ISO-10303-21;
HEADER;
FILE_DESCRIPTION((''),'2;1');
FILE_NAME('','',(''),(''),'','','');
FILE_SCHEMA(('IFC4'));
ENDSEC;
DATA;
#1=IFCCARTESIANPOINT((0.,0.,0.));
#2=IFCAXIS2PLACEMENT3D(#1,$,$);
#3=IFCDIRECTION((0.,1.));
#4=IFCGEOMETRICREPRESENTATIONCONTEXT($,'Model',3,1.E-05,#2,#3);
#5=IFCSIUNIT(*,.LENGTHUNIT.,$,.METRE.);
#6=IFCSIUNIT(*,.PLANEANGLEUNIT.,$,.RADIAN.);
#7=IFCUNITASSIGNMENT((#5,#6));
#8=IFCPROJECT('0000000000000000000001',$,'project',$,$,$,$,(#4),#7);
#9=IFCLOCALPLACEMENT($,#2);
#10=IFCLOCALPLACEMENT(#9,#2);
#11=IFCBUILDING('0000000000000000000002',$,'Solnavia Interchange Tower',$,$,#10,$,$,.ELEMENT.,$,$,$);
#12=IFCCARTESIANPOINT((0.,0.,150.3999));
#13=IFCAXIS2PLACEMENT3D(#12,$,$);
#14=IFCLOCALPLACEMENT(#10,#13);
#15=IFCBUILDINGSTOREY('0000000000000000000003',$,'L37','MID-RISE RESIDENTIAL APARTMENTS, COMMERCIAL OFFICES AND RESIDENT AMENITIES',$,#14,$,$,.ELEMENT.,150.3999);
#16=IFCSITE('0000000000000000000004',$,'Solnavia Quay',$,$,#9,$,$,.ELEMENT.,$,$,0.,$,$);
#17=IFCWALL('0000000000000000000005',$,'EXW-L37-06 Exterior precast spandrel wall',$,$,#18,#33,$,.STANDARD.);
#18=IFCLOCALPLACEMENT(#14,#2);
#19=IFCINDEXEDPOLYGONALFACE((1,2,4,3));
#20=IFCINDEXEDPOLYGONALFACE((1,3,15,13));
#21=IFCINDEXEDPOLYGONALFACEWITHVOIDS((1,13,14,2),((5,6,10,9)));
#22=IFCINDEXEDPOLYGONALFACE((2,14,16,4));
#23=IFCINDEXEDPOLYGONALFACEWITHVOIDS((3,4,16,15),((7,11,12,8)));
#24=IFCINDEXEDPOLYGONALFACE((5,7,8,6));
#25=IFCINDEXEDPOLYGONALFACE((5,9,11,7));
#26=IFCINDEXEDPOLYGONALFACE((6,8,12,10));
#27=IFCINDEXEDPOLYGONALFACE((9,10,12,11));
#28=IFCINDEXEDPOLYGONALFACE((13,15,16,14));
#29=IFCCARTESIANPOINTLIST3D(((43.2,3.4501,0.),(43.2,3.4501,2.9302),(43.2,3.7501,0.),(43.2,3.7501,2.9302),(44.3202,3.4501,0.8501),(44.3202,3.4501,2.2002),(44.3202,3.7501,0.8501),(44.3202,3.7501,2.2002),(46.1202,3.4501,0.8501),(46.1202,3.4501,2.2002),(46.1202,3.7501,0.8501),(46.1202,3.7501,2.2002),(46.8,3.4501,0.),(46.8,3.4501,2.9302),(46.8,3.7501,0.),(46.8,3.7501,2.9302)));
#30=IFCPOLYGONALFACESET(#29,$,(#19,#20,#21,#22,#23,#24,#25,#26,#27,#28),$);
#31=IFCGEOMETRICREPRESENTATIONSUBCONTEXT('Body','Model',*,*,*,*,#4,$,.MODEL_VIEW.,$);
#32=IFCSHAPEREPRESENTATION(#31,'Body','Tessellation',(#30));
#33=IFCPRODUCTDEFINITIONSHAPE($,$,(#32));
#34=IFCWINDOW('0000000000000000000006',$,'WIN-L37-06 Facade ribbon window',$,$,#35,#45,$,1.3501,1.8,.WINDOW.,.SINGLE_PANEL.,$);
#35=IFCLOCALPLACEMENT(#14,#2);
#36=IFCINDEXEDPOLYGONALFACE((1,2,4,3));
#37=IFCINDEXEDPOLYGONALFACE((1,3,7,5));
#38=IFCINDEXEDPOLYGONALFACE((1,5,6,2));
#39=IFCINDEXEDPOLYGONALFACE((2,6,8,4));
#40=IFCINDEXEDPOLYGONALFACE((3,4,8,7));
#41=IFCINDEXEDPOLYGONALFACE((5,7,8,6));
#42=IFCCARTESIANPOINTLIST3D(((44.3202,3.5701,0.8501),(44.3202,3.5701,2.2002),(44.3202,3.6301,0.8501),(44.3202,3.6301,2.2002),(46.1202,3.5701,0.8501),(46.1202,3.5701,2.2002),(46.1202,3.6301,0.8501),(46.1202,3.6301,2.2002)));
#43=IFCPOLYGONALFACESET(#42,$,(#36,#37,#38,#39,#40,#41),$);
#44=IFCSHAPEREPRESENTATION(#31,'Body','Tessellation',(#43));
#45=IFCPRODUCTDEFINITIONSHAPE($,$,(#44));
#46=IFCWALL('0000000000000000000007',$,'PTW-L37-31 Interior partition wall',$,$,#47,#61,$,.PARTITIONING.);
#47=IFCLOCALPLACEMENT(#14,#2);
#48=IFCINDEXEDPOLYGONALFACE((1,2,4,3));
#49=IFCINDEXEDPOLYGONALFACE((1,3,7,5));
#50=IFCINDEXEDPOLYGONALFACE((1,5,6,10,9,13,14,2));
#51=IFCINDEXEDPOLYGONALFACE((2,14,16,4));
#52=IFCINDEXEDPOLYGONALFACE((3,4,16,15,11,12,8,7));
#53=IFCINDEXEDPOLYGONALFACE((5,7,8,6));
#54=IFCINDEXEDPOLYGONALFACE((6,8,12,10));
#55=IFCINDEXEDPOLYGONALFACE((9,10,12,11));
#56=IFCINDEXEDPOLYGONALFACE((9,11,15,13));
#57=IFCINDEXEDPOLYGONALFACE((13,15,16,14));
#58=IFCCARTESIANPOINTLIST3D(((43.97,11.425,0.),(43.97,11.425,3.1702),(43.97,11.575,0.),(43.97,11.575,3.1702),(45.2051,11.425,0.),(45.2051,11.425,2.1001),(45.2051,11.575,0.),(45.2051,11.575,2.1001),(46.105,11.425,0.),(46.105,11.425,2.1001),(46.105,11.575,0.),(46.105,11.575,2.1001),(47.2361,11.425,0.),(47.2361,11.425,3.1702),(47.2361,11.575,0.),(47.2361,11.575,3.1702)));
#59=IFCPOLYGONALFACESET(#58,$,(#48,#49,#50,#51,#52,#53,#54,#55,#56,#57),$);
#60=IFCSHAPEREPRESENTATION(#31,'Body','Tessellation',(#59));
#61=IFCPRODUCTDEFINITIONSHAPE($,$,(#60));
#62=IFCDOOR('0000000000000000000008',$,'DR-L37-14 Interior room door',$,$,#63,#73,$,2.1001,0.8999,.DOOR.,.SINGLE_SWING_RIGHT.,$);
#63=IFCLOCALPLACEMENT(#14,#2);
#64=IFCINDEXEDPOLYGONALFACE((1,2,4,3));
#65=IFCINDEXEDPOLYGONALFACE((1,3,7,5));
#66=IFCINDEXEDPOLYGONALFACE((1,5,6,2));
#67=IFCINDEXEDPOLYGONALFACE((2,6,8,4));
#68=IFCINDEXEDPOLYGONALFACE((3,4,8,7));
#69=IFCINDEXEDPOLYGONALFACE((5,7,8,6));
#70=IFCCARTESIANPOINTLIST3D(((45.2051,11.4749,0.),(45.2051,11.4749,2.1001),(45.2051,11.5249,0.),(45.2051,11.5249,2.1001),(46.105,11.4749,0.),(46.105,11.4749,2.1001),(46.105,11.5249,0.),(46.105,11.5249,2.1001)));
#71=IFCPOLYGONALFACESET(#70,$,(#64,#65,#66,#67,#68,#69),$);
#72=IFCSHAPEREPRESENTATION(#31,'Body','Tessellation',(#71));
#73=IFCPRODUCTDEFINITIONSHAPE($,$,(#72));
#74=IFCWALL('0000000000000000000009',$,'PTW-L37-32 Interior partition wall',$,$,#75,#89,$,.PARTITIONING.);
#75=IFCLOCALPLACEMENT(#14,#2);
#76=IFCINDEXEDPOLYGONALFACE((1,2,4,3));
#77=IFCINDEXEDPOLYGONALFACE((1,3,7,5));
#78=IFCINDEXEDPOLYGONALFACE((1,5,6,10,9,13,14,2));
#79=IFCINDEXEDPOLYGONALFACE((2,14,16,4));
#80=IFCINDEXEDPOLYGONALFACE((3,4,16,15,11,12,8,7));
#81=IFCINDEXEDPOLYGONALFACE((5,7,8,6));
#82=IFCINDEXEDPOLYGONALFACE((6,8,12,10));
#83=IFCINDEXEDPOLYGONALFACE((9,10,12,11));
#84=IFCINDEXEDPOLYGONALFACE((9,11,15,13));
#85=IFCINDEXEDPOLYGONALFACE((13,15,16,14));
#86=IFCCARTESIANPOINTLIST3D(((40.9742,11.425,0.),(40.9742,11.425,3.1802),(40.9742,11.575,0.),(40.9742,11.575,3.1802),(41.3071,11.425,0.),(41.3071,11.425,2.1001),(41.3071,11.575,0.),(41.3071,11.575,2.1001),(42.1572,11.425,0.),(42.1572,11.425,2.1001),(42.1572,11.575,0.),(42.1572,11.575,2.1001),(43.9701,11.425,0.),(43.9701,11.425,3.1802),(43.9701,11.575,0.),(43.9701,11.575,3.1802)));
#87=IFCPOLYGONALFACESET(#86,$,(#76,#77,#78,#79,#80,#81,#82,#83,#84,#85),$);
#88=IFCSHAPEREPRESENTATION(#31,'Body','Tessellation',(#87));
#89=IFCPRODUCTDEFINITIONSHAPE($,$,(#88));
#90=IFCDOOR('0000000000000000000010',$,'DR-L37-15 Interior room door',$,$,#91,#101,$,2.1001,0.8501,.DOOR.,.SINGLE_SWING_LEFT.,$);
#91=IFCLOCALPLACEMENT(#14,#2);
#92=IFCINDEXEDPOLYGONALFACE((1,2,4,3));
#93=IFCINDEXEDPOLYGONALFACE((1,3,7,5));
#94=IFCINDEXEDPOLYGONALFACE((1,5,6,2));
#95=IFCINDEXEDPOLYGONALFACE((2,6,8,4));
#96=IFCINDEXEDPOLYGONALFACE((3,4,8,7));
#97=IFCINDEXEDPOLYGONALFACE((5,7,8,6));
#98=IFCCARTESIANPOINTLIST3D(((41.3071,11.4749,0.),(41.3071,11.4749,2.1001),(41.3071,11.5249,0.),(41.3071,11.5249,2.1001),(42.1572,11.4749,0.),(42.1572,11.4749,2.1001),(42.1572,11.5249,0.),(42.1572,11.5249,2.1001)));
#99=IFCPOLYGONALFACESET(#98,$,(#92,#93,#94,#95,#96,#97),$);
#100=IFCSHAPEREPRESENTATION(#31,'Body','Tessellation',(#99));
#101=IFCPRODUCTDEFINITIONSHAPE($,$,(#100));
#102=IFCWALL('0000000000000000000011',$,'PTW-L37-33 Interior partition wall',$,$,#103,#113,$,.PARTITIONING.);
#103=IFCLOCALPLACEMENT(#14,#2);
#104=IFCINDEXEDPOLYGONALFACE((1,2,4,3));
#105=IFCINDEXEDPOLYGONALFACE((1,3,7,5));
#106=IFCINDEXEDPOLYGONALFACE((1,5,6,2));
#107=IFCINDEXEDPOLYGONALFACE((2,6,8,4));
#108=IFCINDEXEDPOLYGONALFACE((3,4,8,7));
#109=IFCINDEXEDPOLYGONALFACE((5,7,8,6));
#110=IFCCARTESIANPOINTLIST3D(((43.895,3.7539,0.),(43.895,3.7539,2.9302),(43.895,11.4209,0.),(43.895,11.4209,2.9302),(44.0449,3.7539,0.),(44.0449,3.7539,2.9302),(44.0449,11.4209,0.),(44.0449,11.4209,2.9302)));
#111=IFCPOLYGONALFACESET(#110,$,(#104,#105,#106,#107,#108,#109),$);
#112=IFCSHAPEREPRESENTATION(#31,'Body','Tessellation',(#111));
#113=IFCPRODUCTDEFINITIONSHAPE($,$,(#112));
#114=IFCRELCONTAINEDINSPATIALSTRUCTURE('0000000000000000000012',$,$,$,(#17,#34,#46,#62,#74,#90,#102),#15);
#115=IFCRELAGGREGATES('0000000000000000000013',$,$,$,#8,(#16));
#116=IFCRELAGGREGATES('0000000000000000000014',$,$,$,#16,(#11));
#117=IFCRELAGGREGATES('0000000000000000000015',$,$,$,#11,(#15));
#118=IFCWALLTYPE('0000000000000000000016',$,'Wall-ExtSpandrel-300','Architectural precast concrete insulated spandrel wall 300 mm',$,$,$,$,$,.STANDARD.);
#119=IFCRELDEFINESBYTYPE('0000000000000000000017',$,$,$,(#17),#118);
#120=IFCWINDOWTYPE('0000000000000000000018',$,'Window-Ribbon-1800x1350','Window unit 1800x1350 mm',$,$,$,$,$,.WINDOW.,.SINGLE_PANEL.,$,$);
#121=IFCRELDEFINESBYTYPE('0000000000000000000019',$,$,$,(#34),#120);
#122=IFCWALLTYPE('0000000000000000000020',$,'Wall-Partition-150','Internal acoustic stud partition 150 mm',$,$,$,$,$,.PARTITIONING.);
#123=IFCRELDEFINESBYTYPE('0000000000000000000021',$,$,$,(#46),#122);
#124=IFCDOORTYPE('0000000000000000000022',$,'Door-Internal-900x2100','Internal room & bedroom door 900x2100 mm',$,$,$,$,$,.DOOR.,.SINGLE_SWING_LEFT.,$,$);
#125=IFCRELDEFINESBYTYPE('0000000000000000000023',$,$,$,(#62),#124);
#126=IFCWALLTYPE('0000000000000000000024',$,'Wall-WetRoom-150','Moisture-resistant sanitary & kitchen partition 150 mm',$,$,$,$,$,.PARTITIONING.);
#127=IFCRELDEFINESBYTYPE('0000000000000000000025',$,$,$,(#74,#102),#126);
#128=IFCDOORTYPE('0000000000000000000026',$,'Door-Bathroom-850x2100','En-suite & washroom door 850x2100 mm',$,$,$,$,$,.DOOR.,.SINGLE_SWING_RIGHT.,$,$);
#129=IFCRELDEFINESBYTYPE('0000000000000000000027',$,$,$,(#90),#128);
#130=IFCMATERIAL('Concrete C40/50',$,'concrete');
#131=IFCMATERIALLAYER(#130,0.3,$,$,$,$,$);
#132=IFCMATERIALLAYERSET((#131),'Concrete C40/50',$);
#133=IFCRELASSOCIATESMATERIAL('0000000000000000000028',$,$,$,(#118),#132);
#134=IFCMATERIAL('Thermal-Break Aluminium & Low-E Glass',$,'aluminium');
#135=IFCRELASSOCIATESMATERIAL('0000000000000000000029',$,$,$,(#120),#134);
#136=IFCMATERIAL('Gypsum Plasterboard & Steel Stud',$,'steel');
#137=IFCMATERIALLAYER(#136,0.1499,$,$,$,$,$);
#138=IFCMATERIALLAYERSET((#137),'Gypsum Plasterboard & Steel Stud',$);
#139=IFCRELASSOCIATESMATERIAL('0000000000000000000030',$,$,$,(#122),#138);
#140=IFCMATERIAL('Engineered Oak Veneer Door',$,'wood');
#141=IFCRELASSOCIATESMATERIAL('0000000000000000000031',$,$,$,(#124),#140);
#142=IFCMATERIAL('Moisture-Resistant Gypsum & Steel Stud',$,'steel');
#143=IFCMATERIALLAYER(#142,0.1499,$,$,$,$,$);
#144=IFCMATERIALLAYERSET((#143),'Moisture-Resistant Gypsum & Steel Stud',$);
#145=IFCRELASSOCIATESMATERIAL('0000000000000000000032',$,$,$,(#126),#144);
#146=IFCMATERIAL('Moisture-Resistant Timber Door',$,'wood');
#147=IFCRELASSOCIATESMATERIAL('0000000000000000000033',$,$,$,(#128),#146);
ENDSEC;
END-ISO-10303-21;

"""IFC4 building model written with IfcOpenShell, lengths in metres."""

from ifc_helpers import new_model, si_unit, direction, frame, frame_2d, origin, place, context, subcontext, project, spatial, rectangle, extrude, material, layer, layer_set, type_object, element, fill, save


model = new_model("IFC4")

# Units and contexts
model_context = context("Model", 3, precision=1e-05, world=origin(), true_north=direction((0.0, 1.0)))
body_context = subcontext(model_context, "Body", "Model", "MODEL_VIEW")
ifc_project = project(units=[si_unit("LENGTHUNIT", "METRE"), si_unit("PLANEANGLEUNIT", "RADIAN")], contexts=[model_context])

# Site, building, storey
site_placement = place(None, origin())
site = spatial("IfcSite", under=ifc_project, at=site_placement, Name="Solnavia Quay", CompositionType="ELEMENT", RefElevation=0.0)
building_placement = place(site_placement, origin())
building = spatial("IfcBuilding", under=site, at=building_placement, Name="Solnavia Interchange Tower", CompositionType="ELEMENT")
storey_placement = place(building_placement, frame((0.0, 0.0, 150.3999)))
storey = spatial("IfcBuildingStorey", under=building, at=storey_placement, Name="L37", Description="MID-RISE RESIDENTIAL APARTMENTS, COMMERCIAL OFFICES AND RESIDENT AMENITIES", CompositionType="ELEMENT", Elevation=150.3999)

# Shared definitions
ifc_material_1 = material(Name="Concrete C40/50", Category="concrete")
ifc_layer_1 = layer(ifc_material_1, 0.3)
ifc_layer_set_1 = layer_set([ifc_layer_1], Name="Concrete C40/50")
wall_type_1 = type_object("IfcWallType", Name="Wall-ExtSpandrel-300", Description="Architectural precast concrete insulated spandrel wall 300 mm", PredefinedType="STANDARD", material=ifc_layer_set_1)
ifc_material_2 = material(Name="Thermal-Break Aluminium & Low-E Glass", Category="aluminium")

# Wall, opening, window
wall_1_placement = place(storey_placement, frame((46.8, 3.6001, 0.0), z_axis=(0.0, 0.0, 1.0), x_axis=(-1.0, 0.0, 0.0)))
wall_1 = element("IfcWall", 1, at=wall_1_placement, inside=storey, type_object=wall_type_1, Name="EXW-L37-06 Exterior precast spandrel wall", PredefinedType="STANDARD", context=body_context, shape_type="SweptSolid", body=[
    extrude(rectangle(XDim=3.6001, YDim=0.3, at=frame_2d((1.8, 0.0))), origin(), (0.0, 0.0, 1.0), 2.9302),
])
opening_1_placement = place(wall_1_placement, frame((0.6799, 0.0, 0.8501)))
opening_1 = element("IfcOpeningElement", 2, at=opening_1_placement, cuts=wall_1, PredefinedType="OPENING", context=body_context, shape_type="SweptSolid", body=[
    extrude(rectangle(XDim=1.8, YDim=1.3501, at=frame_2d((0.8999, 0.675))), frame((0.0, 0.1602, 0.0), z_axis=(0.0, -1.0, 0.0), x_axis=(1.0, 0.0, 0.0)), (0.0, 0.0, 1.0), 0.3201),
])
window_type_1 = type_object("IfcWindowType", Name="Window-Ribbon-1800x1350", Description="Window unit 1800x1350 mm", PartitioningType="SINGLE_PANEL", PredefinedType="WINDOW", material=ifc_material_2)
window_1_placement = place(opening_1_placement, origin())
window_1 = element("IfcWindow", 3, at=window_1_placement, inside=storey, type_object=window_type_1, Name="WIN-L37-06 Facade ribbon window", OverallHeight=1.3501, OverallWidth=1.8, PartitioningType="SINGLE_PANEL", PredefinedType="WINDOW", context=body_context, shape_type="SweptSolid", body=[
    extrude(rectangle(XDim=1.8, YDim=1.3501, at=frame_2d((0.8999, 0.675))), frame((0.0, 0.03, 0.0), z_axis=(0.0, -1.0, 0.0), x_axis=(1.0, 0.0, 0.0)), (0.0, 0.0, 1.0), 0.0601),
])
fill(opening_1, window_1)

# Walls, openings, doors
ifc_material_3 = material(Name="Gypsum Plasterboard & Steel Stud", Category="steel")
ifc_layer_2 = layer(ifc_material_3, 0.1499)
ifc_layer_set_2 = layer_set([ifc_layer_2], Name="Gypsum Plasterboard & Steel Stud")
wall_type_2 = type_object("IfcWallType", Name="Wall-Partition-150", Description="Internal acoustic stud partition 150 mm", PredefinedType="PARTITIONING", material=ifc_layer_set_2)
wall_2_placement = place(storey_placement, frame((43.97, 11.5, 0.0), z_axis=(0.0, 0.0, 1.0), x_axis=(1.0, 0.0, 0.0)))
wall_2 = element("IfcWall", 4, at=wall_2_placement, inside=storey, type_object=wall_type_2, Name="PTW-L37-31 Interior partition wall", PredefinedType="PARTITIONING", context=body_context, shape_type="SweptSolid", body=[
    extrude(rectangle(XDim=3.2661, YDim=0.1499, at=frame_2d((1.6331, 0.0))), origin(), (0.0, 0.0, 1.0), 3.1702),
])
opening_2_placement = place(wall_2_placement, frame((1.2351, 0.0, 0.0)))
opening_2 = element("IfcOpeningElement", 5, at=opening_2_placement, cuts=wall_2, PredefinedType="OPENING", context=body_context, shape_type="SweptSolid", body=[
    extrude(rectangle(XDim=0.8999, YDim=2.1001, at=frame_2d((0.45, 1.05))), frame((0.0, 0.085, 0.0), z_axis=(0.0, -1.0, 0.0), x_axis=(1.0, 0.0, 0.0)), (0.0, 0.0, 1.0), 0.1699),
])
ifc_material_4 = material(Name="Engineered Oak Veneer Door", Category="wood")
door_type_1 = type_object("IfcDoorType", Name="Door-Internal-900x2100", Description="Internal room & bedroom door 900x2100 mm", OperationType="SINGLE_SWING_LEFT", PredefinedType="DOOR", material=ifc_material_4)
door_1_placement = place(opening_2_placement, origin())
door_1 = element("IfcDoor", 6, at=door_1_placement, inside=storey, type_object=door_type_1, Name="DR-L37-14 Interior room door", OperationType="SINGLE_SWING_RIGHT", OverallHeight=2.1001, OverallWidth=0.8999, PredefinedType="DOOR", context=body_context, shape_type="SweptSolid", body=[
    extrude(rectangle(XDim=0.8999, YDim=2.1001, at=frame_2d((0.45, 1.05))), frame((0.0, 0.0249, 0.0), z_axis=(0.0, -1.0, 0.0), x_axis=(1.0, 0.0, 0.0)), (0.0, 0.0, 1.0), 0.05),
])
fill(opening_2, door_1)
ifc_material_5 = material(Name="Moisture-Resistant Gypsum & Steel Stud", Category="steel")
ifc_layer_3 = layer(ifc_material_5, 0.1499)
ifc_layer_set_3 = layer_set([ifc_layer_3], Name="Moisture-Resistant Gypsum & Steel Stud")
wall_type_3 = type_object("IfcWallType", Name="Wall-WetRoom-150", Description="Moisture-resistant sanitary & kitchen partition 150 mm", PredefinedType="PARTITIONING", material=ifc_layer_set_3)
wall_3_placement = place(storey_placement, frame((40.9741, 11.5, 0.0), z_axis=(0.0, 0.0, 1.0), x_axis=(1.0, 0.0, 0.0)))
wall_3 = element("IfcWall", 7, at=wall_3_placement, inside=storey, type_object=wall_type_3, Name="PTW-L37-32 Interior partition wall", PredefinedType="PARTITIONING", context=body_context, shape_type="SweptSolid", body=[
    extrude(rectangle(XDim=2.9958, YDim=0.1499, at=frame_2d((1.498, 0.0))), origin(), (0.0, 0.0, 1.0), 3.1802),
])
opening_3_placement = place(wall_3_placement, frame((0.333, 0.0, 0.0)))
opening_3 = element("IfcOpeningElement", 8, at=opening_3_placement, cuts=wall_3, PredefinedType="OPENING", context=body_context, shape_type="SweptSolid", body=[
    extrude(rectangle(XDim=0.8501, YDim=2.1001, at=frame_2d((0.425, 1.05))), frame((0.0, 0.085, 0.0), z_axis=(0.0, -1.0, 0.0), x_axis=(1.0, 0.0, 0.0)), (0.0, 0.0, 1.0), 0.1699),
])
ifc_material_6 = material(Name="Moisture-Resistant Timber Door", Category="wood")
door_type_2 = type_object("IfcDoorType", Name="Door-Bathroom-850x2100", Description="En-suite & washroom door 850x2100 mm", OperationType="SINGLE_SWING_RIGHT", PredefinedType="DOOR", material=ifc_material_6)
door_2_placement = place(opening_3_placement, origin())
door_2 = element("IfcDoor", 9, at=door_2_placement, inside=storey, type_object=door_type_2, Name="DR-L37-15 Interior room door", OperationType="SINGLE_SWING_LEFT", OverallHeight=2.1001, OverallWidth=0.8501, PredefinedType="DOOR", context=body_context, shape_type="SweptSolid", body=[
    extrude(rectangle(XDim=0.8501, YDim=2.1001, at=frame_2d((0.425, 1.05))), frame((0.0, 0.0249, 0.0), z_axis=(0.0, -1.0, 0.0), x_axis=(1.0, 0.0, 0.0)), (0.0, 0.0, 1.0), 0.05),
])
fill(opening_3, door_2)

# Wall
wall_4_placement = place(storey_placement, frame((43.97, 3.7539, 0.0), z_axis=(0.0, 0.0, 1.0), x_axis=(0.0, 1.0, 0.0)))
element("IfcWall", 10, at=wall_4_placement, inside=storey, type_object=wall_type_3, Name="PTW-L37-33 Interior partition wall", PredefinedType="PARTITIONING", context=body_context, shape_type="SweptSolid", body=[
    extrude(rectangle(XDim=7.667, YDim=0.1499, at=frame_2d((3.8335, 0.0))), origin(), (0.0, 0.0, 1.0), 2.9302),
])

save(model, "model.ifc")
